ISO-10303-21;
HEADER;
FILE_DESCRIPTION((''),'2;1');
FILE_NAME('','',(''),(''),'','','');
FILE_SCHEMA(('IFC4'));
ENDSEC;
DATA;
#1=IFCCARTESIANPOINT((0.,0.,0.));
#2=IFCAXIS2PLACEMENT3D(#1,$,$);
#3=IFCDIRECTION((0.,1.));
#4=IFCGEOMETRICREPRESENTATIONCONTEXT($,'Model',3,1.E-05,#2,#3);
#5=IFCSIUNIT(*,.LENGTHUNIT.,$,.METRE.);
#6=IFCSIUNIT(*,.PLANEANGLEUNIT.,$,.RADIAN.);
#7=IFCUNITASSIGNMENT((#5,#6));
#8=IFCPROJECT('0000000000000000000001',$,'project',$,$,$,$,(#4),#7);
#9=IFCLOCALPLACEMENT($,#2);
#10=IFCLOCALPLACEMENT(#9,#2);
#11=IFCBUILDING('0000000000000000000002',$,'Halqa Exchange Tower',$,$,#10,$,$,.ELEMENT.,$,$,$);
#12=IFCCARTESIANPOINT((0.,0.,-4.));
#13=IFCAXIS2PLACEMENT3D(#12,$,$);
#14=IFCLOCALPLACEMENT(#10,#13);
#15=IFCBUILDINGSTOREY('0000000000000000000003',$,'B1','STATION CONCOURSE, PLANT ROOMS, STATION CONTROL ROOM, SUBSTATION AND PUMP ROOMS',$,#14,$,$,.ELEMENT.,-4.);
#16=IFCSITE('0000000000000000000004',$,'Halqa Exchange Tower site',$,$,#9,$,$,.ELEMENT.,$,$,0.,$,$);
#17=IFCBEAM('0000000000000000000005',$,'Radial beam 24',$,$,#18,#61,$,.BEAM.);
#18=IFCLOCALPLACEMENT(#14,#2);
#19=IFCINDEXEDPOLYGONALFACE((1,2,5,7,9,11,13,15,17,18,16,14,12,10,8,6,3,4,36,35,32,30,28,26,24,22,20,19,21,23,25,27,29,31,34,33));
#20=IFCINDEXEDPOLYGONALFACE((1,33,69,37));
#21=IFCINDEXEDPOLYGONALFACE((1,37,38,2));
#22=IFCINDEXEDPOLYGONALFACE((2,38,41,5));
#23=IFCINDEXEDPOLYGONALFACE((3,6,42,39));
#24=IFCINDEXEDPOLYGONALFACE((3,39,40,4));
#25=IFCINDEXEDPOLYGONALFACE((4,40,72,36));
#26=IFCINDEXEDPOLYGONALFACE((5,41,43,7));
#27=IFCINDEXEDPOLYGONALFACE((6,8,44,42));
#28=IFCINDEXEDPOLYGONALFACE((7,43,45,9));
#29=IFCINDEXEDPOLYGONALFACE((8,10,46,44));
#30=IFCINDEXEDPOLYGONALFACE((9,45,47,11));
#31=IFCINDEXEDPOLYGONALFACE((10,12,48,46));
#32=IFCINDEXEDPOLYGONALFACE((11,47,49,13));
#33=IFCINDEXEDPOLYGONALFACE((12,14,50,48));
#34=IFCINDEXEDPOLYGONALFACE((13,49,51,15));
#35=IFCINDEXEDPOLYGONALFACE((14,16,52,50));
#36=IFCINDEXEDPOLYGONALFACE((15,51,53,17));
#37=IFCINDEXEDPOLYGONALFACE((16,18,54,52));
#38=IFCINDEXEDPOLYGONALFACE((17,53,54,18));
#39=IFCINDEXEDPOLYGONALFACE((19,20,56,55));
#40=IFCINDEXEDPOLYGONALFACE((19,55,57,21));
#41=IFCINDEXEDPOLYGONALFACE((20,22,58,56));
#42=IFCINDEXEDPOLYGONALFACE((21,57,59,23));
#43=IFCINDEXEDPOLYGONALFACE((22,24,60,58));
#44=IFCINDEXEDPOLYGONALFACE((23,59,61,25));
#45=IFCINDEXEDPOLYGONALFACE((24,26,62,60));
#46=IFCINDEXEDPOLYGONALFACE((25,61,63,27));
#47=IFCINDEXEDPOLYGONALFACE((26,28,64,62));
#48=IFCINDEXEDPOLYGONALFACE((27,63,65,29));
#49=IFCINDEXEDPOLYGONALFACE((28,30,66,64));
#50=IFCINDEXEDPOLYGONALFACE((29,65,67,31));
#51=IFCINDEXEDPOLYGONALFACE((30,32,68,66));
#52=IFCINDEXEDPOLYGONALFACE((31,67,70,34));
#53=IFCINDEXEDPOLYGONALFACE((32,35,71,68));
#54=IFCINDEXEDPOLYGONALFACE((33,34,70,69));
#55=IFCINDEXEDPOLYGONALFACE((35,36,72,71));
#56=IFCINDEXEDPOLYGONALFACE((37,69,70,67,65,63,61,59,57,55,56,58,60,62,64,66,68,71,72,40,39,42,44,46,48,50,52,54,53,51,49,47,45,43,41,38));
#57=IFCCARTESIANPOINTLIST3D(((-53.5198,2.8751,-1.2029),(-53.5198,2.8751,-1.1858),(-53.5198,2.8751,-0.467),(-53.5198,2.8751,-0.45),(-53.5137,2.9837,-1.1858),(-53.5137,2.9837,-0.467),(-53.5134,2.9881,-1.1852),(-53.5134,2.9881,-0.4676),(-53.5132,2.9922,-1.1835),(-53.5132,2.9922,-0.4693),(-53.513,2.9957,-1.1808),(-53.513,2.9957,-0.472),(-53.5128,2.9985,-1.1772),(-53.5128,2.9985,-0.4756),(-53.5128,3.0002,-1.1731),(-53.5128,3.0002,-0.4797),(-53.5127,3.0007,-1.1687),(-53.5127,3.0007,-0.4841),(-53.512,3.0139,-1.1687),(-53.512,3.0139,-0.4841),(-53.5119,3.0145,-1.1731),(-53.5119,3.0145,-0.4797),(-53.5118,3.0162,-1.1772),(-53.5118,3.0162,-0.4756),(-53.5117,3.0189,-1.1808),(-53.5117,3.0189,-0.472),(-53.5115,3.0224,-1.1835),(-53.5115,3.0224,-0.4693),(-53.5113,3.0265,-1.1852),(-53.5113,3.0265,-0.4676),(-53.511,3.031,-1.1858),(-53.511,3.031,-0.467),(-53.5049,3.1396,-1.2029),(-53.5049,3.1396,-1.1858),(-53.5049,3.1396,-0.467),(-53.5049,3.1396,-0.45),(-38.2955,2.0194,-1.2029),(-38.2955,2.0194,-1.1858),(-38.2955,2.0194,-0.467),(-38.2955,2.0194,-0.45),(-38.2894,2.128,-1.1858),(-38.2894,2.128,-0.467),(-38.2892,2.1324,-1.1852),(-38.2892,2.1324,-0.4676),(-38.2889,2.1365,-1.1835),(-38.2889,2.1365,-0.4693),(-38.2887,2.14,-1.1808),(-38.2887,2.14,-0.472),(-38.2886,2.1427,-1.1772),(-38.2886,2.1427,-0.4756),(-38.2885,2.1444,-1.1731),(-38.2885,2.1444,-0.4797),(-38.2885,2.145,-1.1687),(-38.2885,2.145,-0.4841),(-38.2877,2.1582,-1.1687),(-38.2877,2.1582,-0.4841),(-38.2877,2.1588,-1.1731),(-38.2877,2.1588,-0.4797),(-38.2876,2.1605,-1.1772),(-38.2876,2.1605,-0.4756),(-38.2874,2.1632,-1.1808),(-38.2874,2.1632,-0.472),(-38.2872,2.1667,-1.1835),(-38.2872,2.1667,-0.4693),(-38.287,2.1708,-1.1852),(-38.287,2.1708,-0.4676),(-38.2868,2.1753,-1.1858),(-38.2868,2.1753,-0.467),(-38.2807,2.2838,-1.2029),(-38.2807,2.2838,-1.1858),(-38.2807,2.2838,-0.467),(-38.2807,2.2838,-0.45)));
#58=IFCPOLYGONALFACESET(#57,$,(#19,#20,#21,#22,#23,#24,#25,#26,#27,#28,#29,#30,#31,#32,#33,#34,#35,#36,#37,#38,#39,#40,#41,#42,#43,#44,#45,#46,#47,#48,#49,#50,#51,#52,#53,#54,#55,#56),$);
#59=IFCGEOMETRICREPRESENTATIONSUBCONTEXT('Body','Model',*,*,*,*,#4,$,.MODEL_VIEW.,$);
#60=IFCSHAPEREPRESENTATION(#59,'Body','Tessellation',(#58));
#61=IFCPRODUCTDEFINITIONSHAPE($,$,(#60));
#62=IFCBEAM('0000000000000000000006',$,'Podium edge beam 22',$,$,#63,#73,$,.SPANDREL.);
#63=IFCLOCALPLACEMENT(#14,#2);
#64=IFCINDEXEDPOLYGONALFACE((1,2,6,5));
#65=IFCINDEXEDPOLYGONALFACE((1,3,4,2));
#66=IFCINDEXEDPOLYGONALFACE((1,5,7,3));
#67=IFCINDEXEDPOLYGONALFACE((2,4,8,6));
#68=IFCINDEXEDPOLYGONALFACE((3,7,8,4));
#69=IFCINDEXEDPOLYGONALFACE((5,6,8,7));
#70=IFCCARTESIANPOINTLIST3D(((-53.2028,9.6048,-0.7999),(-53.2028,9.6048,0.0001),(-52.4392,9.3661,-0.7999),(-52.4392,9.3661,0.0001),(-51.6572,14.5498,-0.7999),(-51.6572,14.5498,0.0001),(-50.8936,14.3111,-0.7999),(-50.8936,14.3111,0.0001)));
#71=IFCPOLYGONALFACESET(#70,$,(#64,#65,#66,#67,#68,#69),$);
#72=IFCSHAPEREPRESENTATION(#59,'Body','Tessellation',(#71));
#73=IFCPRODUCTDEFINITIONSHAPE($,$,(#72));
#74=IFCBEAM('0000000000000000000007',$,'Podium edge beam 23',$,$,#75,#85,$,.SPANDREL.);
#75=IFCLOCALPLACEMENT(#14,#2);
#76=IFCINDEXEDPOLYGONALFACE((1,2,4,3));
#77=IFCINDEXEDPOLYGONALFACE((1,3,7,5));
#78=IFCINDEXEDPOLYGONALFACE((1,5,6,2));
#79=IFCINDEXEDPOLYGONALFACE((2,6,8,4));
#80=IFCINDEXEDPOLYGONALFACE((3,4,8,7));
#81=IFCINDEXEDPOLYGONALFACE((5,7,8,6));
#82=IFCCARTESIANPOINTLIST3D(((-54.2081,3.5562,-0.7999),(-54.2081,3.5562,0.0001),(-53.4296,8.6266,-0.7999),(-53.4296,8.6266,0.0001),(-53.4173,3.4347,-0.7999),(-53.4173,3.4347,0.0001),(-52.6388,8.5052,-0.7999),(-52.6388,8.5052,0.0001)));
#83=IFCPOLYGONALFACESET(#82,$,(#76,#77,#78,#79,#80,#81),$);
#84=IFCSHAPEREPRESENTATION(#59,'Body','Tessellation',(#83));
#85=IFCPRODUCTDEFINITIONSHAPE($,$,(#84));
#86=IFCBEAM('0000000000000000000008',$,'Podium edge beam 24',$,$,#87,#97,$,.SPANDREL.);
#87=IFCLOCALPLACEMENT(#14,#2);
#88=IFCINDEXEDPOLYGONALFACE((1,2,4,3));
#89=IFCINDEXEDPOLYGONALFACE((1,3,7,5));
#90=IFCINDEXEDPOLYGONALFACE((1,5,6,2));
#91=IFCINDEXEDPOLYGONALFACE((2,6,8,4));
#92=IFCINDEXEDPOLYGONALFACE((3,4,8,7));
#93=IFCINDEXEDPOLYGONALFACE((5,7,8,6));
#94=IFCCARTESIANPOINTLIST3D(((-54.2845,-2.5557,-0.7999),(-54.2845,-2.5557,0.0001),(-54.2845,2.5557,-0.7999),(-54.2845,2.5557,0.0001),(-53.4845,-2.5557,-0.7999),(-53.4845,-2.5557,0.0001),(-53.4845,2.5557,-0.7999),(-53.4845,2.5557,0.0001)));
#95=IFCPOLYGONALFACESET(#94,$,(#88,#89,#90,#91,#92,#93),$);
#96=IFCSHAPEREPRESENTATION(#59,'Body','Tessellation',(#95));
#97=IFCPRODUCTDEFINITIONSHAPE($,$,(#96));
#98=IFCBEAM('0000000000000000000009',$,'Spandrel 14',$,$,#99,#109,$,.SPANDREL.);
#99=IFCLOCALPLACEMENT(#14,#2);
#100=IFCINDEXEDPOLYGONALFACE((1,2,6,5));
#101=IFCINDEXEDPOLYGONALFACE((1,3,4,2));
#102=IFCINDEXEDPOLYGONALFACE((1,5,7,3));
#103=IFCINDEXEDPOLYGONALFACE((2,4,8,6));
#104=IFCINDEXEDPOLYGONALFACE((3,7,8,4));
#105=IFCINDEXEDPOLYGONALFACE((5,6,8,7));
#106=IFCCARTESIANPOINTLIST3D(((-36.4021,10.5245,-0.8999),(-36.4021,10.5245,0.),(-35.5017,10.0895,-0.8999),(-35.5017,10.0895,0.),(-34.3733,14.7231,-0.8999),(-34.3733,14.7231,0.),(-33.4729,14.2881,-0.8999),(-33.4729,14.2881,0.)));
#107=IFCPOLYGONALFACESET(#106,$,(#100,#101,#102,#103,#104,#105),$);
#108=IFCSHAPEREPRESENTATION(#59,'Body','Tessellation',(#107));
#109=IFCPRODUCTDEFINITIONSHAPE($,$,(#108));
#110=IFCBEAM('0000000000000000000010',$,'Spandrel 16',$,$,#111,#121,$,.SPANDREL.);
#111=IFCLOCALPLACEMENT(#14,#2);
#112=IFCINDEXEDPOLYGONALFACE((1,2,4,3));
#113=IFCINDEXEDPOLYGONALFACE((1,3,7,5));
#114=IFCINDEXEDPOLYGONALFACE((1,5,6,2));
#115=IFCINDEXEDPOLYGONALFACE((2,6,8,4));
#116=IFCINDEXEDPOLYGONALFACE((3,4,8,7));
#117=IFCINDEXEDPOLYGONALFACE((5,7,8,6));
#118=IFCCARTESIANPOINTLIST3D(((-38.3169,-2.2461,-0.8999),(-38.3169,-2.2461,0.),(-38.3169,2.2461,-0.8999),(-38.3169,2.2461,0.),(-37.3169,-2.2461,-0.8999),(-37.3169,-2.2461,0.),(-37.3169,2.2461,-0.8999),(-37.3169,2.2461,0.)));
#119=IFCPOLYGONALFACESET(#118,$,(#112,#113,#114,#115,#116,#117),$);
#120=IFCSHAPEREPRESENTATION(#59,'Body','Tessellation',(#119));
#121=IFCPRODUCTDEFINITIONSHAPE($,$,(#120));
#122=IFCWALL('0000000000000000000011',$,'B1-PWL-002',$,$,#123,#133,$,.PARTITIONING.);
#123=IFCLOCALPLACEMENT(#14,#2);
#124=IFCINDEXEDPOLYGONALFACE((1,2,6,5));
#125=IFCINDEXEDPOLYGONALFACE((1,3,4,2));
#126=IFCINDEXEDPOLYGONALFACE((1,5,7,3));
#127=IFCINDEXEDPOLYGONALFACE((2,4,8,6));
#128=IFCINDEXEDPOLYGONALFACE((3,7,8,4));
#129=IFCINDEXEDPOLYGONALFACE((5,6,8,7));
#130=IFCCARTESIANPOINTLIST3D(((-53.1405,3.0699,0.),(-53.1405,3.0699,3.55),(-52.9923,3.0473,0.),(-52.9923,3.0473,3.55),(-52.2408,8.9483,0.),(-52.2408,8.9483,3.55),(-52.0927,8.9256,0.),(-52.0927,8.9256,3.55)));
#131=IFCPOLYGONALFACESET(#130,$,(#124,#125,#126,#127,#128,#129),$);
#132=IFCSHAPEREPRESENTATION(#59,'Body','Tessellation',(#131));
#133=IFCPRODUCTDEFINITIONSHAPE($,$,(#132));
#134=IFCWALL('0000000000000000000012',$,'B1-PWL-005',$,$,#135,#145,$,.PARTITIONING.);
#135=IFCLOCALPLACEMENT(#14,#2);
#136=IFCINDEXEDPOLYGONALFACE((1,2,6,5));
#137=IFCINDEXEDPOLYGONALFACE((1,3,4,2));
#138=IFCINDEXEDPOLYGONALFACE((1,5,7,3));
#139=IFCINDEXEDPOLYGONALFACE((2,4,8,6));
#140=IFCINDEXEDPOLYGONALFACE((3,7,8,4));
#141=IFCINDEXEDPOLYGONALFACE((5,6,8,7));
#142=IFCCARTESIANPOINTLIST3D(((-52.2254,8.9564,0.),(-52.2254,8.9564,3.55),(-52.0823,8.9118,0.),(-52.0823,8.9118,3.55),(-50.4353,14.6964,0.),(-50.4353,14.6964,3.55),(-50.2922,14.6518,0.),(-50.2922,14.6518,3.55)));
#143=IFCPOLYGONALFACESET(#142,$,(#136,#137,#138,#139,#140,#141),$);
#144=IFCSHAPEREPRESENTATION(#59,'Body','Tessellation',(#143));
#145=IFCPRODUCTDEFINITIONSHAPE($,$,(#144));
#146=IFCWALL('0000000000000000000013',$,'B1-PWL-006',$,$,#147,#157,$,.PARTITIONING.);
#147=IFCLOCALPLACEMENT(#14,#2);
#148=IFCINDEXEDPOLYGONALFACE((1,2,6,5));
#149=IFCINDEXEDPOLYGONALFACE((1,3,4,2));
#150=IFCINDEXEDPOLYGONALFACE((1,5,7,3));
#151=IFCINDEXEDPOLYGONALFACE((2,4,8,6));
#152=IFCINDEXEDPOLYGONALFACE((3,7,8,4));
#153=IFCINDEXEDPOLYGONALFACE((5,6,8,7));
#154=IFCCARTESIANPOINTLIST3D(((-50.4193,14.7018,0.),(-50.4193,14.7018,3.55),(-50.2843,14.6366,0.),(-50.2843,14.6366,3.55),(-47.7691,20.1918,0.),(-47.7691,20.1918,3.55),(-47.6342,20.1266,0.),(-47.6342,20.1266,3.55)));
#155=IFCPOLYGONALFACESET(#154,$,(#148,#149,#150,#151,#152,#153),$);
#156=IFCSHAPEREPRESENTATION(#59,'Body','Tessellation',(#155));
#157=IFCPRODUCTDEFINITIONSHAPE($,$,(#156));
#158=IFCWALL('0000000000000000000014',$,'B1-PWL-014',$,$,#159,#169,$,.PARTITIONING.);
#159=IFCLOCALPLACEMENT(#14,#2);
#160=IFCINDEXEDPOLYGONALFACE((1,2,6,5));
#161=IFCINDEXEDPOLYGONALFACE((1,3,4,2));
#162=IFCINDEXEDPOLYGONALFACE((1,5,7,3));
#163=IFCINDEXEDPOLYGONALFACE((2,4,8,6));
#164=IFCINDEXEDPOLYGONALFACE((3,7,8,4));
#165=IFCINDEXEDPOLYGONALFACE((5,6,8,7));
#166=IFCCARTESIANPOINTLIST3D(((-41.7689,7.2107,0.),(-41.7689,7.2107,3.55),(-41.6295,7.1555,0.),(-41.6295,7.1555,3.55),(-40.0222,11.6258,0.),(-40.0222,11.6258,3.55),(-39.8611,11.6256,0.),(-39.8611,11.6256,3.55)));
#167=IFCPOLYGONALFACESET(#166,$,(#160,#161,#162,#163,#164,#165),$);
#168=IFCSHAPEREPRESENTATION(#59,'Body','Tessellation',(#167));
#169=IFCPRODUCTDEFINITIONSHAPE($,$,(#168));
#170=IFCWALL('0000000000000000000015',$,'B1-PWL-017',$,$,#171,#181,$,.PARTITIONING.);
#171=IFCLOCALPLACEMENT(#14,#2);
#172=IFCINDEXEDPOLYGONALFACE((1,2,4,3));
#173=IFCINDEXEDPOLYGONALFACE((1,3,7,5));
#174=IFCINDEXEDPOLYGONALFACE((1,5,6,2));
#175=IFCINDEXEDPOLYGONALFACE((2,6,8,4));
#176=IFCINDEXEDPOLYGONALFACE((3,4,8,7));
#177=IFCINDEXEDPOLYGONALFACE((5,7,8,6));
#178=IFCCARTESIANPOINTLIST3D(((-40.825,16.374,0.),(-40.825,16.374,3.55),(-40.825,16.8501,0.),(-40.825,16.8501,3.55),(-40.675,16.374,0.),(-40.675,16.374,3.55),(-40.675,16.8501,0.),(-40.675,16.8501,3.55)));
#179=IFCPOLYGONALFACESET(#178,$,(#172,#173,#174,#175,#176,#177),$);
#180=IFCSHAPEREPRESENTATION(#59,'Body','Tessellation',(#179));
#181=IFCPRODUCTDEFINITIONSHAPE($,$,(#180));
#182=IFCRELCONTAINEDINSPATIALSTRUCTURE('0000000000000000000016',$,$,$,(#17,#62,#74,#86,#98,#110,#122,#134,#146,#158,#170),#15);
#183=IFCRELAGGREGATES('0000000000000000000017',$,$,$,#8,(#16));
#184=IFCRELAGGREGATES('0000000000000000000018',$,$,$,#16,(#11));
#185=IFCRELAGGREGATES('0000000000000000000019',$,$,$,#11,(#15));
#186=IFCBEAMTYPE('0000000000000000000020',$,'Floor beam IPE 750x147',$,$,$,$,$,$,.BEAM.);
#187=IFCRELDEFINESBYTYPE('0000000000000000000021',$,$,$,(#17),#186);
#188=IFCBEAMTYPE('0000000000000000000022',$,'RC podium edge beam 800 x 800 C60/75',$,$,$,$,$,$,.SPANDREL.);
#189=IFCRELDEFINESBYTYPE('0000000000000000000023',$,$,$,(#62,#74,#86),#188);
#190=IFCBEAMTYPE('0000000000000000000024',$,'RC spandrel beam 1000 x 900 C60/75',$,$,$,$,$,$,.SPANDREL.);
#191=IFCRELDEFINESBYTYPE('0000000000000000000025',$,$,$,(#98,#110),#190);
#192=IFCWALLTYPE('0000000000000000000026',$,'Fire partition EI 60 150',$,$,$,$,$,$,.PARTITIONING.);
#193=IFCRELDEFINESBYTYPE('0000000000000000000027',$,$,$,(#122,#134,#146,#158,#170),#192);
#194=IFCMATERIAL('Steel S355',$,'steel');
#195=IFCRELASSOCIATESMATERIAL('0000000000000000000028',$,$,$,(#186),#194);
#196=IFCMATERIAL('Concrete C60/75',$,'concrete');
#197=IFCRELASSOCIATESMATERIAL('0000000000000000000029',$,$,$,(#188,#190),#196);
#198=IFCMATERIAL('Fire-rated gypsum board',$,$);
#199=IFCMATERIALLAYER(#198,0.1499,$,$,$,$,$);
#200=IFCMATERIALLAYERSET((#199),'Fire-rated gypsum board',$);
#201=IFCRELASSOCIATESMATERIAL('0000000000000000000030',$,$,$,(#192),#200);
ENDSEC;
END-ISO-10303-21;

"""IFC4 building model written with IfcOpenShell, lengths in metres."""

from ifc_helpers import new_model, si_unit, direction, frame, frame_2d, origin, origin_2d, place, context, subcontext, project, spatial, polyline, rectangle, i_section, outline, extrude, material, layer, layer_set, material_profile, profile_set, type_object, element, save


model = new_model("IFC4")

# Units and contexts
model_context = context("Model", 3, precision=1e-05, world=origin(), true_north=direction((0.0, 1.0)))
body_context = subcontext(model_context, "Body", "Model", "MODEL_VIEW")
ifc_project = project(units=[si_unit("LENGTHUNIT", "METRE"), si_unit("PLANEANGLEUNIT", "RADIAN")], contexts=[model_context])

# Site, building, storey
site_placement = place(None, origin())
site = spatial("IfcSite", under=ifc_project, at=site_placement, Name="Halqa Exchange Tower site", CompositionType="ELEMENT", RefElevation=0.0)
building_placement = place(site_placement, origin())
building = spatial("IfcBuilding", under=site, at=building_placement, Name="Halqa Exchange Tower", CompositionType="ELEMENT")
storey_placement = place(building_placement, frame((0.0, 0.0, -4.0)))
storey = spatial("IfcBuildingStorey", under=building, at=storey_placement, Name="B1", Description="STATION CONCOURSE, PLANT ROOMS, STATION CONTROL ROOM, SUBSTATION AND PUMP ROOMS", CompositionType="ELEMENT", Elevation=-4.0)

# Shared definitions
ifc_material_1 = material(Name="Concrete C60/75", Category="concrete")

# Beams
ifc_material_2 = material(Name="Steel S355", Category="steel")
ifc_material_profile_1 = material_profile(ifc_material_2, i_section(OverallWidth=0.2649, OverallDepth=0.7529, WebThickness=0.0132, FlangeThickness=0.0171, FilletRadius=0.0171, at=origin_2d()), Name="IPE 750x147")
ifc_profile_set_1 = profile_set([ifc_material_profile_1], Name="Steel S355")
beam_type_1 = type_object("IfcBeamType", Name="Floor beam IPE 750x147", PredefinedType="BEAM", material=ifc_profile_set_1)
beam_1_placement = place(storey_placement, frame((-38.2881, 2.1516, -0.8264), z_axis=(-0.998424, 0.056118, 0.0), x_axis=(-0.056118, -0.998424, 0.0)))
element("IfcBeam", 1, at=beam_1_placement, inside=storey, type_object=beam_type_1, Name="Radial beam 24", PredefinedType="BEAM", context=body_context, shape_type="SweptSolid", body=[
    extrude(i_section(OverallWidth=0.2649, OverallDepth=0.7529, WebThickness=0.0132, FlangeThickness=0.0171, FilletRadius=0.0171, at=origin_2d()), origin(), (0.0, 0.0, 1.0), 15.2483),
])
ifc_material_profile_2 = material_profile(ifc_material_1, rectangle(XDim=0.8, YDim=0.8, at=origin_2d()), Name="800 x 800")
ifc_profile_set_2 = profile_set([ifc_material_profile_2], Name="Concrete C60/75")
beam_type_2 = type_object("IfcBeamType", Name="RC podium edge beam 800 x 800 C60/75", PredefinedType="SPANDREL", material=ifc_profile_set_2)
beam_2_placement = place(storey_placement, frame((-51.2754, 14.4304, -0.3999), z_axis=(-0.298331, -0.954462, 0.0), x_axis=(0.954462, -0.298331, 0.0)))
element("IfcBeam", 2, at=beam_2_placement, inside=storey, type_object=beam_type_2, Name="Podium edge beam 22", PredefinedType="SPANDREL", context=body_context, shape_type="SweptSolid", body=[
    extrude(rectangle(XDim=0.8, YDim=0.8, at=origin_2d()), origin(), (0.0, 0.0, 1.0), 5.1809),
])
beam_3_placement = place(storey_placement, frame((-53.0342, 8.5659, -0.3999), z_axis=(-0.151768, -0.988416, 0.0), x_axis=(0.988416, -0.151768, 0.0)))
element("IfcBeam", 3, at=beam_3_placement, inside=storey, type_object=beam_type_2, Name="Podium edge beam 23", PredefinedType="SPANDREL", context=body_context, shape_type="SweptSolid", body=[
    extrude(rectangle(XDim=0.8, YDim=0.8, at=origin_2d()), origin(), (0.0, 0.0, 1.0), 5.1299),
])
beam_4_placement = place(storey_placement, frame((-53.8845, 2.5557, -0.3999), z_axis=(0.0, -1.0, 0.0), x_axis=(1.0, 0.0, 0.0)))
element("IfcBeam", 4, at=beam_4_placement, inside=storey, type_object=beam_type_2, Name="Podium edge beam 24", PredefinedType="SPANDREL", context=body_context, shape_type="SweptSolid", body=[
    extrude(rectangle(XDim=0.8, YDim=0.8, at=origin_2d()), origin(), (0.0, 0.0, 1.0), 5.1113),
])
ifc_material_profile_3 = material_profile(ifc_material_1, rectangle(XDim=1.0, YDim=0.8999, at=origin_2d()), Name="1000 x 900")
ifc_profile_set_3 = profile_set([ifc_material_profile_3], Name="Concrete C60/75")
beam_type_3 = type_object("IfcBeamType", Name="RC spandrel beam 1000 x 900 C60/75", PredefinedType="SPANDREL", material=ifc_profile_set_3)
beam_5_placement = place(storey_placement, frame((-33.9231, 14.5056, -0.45), z_axis=(-0.435068, -0.900397, 0.0), x_axis=(0.900397, -0.435068, 0.0)))
element("IfcBeam", 5, at=beam_5_placement, inside=storey, type_object=beam_type_3, Name="Spandrel 14", PredefinedType="SPANDREL", context=body_context, shape_type="SweptSolid", body=[
    extrude(rectangle(XDim=1.0, YDim=0.8999, at=origin_2d()), origin(), (0.0, 0.0, 1.0), 4.6631),
])
beam_6_placement = place(storey_placement, frame((-37.8169, 2.2461, -0.45), z_axis=(0.0, -1.0, 0.0), x_axis=(1.0, 0.0, 0.0)))
element("IfcBeam", 6, at=beam_6_placement, inside=storey, type_object=beam_type_3, Name="Spandrel 16", PredefinedType="SPANDREL", context=body_context, shape_type="SweptSolid", body=[
    extrude(rectangle(XDim=1.0, YDim=0.8999, at=origin_2d()), origin(), (0.0, 0.0, 1.0), 4.4922),
])

# Walls
ifc_material_3 = material(Name="Fire-rated gypsum board")
ifc_layer_1 = layer(ifc_material_3, 0.1499)
ifc_layer_set_1 = layer_set([ifc_layer_1], Name="Fire-rated gypsum board")
wall_type_1 = type_object("IfcWallType", Name="Fire partition EI 60 150", PredefinedType="PARTITIONING", material=ifc_layer_set_1)
wall_1_placement = place(storey_placement, frame((-53.0664, 3.0586, 0.0), z_axis=(0.0, 0.0, 1.0), x_axis=(0.151283, 0.988491, 0.0)))
element("IfcWall", 7, at=wall_1_placement, inside=storey, type_object=wall_type_1, Name="B1-PWL-002", PredefinedType="PARTITIONING", context=body_context, shape_type="SweptSolid", body=[
    extrude(rectangle(XDim=5.9468, YDim=0.1499, at=frame_2d((2.9734, 0.0))), origin(), (0.0, 0.0, 1.0), 3.55),
])
wall_2_placement = place(storey_placement, frame((-52.1538, 8.9341, 0.0), z_axis=(0.0, 0.0, 1.0), x_axis=(0.297713, 0.954655, 0.0)))
element("IfcWall", 8, at=wall_2_placement, inside=storey, type_object=wall_type_1, Name="B1-PWL-005", PredefinedType="PARTITIONING", context=body_context, shape_type="SweptSolid", body=[
    extrude(rectangle(XDim=6.0127, YDim=0.1499, at=frame_2d((3.0063, 0.0))), origin(), (0.0, 0.0, 1.0), 3.55),
])
wall_3_placement = place(storey_placement, frame((-50.3518, 14.6692, 0.0), z_axis=(0.0, 0.0, 1.0), x_axis=(0.434723, 0.900564, 0.0)))
element("IfcWall", 9, at=wall_3_placement, inside=storey, type_object=wall_type_1, Name="B1-PWL-006", PredefinedType="PARTITIONING", context=body_context, shape_type="SweptSolid", body=[
    extrude(rectangle(XDim=6.0962, YDim=0.1499, at=frame_2d((3.0481, 0.0))), origin(), (0.0, 0.0, 1.0), 3.55),
])
wall_4_placement = place(storey_placement, frame((-41.6992, 7.1831, 0.0), z_axis=(0.0, 0.0, 1.0), x_axis=(0.367873, 0.929876, 0.0)))
element("IfcWall", 10, at=wall_4_placement, inside=storey, type_object=wall_type_1, Name="B1-PWL-014", PredefinedType="PARTITIONING", context=body_context, shape_type="SweptSolid", body=[
    extrude(outline(polyline([(0.0, -0.075), (4.8071, -0.075), (4.748, 0.075), (0.0, 0.075), (0.0, -0.075)])), origin(), (0.0, 0.0, 1.0), 3.55),
])
wall_5_placement = place(storey_placement, frame((-40.75, 16.374, 0.0), z_axis=(0.0, 0.0, 1.0), x_axis=(0.0, 1.0, 0.0)))
element("IfcWall", 11, at=wall_5_placement, inside=storey, type_object=wall_type_1, Name="B1-PWL-017", PredefinedType="PARTITIONING", context=body_context, shape_type="SweptSolid", body=[
    extrude(rectangle(XDim=0.4761, YDim=0.1499, at=frame_2d((0.238, 0.0))), origin(), (0.0, 0.0, 1.0), 3.55),
])

save(model, "model.ifc")
